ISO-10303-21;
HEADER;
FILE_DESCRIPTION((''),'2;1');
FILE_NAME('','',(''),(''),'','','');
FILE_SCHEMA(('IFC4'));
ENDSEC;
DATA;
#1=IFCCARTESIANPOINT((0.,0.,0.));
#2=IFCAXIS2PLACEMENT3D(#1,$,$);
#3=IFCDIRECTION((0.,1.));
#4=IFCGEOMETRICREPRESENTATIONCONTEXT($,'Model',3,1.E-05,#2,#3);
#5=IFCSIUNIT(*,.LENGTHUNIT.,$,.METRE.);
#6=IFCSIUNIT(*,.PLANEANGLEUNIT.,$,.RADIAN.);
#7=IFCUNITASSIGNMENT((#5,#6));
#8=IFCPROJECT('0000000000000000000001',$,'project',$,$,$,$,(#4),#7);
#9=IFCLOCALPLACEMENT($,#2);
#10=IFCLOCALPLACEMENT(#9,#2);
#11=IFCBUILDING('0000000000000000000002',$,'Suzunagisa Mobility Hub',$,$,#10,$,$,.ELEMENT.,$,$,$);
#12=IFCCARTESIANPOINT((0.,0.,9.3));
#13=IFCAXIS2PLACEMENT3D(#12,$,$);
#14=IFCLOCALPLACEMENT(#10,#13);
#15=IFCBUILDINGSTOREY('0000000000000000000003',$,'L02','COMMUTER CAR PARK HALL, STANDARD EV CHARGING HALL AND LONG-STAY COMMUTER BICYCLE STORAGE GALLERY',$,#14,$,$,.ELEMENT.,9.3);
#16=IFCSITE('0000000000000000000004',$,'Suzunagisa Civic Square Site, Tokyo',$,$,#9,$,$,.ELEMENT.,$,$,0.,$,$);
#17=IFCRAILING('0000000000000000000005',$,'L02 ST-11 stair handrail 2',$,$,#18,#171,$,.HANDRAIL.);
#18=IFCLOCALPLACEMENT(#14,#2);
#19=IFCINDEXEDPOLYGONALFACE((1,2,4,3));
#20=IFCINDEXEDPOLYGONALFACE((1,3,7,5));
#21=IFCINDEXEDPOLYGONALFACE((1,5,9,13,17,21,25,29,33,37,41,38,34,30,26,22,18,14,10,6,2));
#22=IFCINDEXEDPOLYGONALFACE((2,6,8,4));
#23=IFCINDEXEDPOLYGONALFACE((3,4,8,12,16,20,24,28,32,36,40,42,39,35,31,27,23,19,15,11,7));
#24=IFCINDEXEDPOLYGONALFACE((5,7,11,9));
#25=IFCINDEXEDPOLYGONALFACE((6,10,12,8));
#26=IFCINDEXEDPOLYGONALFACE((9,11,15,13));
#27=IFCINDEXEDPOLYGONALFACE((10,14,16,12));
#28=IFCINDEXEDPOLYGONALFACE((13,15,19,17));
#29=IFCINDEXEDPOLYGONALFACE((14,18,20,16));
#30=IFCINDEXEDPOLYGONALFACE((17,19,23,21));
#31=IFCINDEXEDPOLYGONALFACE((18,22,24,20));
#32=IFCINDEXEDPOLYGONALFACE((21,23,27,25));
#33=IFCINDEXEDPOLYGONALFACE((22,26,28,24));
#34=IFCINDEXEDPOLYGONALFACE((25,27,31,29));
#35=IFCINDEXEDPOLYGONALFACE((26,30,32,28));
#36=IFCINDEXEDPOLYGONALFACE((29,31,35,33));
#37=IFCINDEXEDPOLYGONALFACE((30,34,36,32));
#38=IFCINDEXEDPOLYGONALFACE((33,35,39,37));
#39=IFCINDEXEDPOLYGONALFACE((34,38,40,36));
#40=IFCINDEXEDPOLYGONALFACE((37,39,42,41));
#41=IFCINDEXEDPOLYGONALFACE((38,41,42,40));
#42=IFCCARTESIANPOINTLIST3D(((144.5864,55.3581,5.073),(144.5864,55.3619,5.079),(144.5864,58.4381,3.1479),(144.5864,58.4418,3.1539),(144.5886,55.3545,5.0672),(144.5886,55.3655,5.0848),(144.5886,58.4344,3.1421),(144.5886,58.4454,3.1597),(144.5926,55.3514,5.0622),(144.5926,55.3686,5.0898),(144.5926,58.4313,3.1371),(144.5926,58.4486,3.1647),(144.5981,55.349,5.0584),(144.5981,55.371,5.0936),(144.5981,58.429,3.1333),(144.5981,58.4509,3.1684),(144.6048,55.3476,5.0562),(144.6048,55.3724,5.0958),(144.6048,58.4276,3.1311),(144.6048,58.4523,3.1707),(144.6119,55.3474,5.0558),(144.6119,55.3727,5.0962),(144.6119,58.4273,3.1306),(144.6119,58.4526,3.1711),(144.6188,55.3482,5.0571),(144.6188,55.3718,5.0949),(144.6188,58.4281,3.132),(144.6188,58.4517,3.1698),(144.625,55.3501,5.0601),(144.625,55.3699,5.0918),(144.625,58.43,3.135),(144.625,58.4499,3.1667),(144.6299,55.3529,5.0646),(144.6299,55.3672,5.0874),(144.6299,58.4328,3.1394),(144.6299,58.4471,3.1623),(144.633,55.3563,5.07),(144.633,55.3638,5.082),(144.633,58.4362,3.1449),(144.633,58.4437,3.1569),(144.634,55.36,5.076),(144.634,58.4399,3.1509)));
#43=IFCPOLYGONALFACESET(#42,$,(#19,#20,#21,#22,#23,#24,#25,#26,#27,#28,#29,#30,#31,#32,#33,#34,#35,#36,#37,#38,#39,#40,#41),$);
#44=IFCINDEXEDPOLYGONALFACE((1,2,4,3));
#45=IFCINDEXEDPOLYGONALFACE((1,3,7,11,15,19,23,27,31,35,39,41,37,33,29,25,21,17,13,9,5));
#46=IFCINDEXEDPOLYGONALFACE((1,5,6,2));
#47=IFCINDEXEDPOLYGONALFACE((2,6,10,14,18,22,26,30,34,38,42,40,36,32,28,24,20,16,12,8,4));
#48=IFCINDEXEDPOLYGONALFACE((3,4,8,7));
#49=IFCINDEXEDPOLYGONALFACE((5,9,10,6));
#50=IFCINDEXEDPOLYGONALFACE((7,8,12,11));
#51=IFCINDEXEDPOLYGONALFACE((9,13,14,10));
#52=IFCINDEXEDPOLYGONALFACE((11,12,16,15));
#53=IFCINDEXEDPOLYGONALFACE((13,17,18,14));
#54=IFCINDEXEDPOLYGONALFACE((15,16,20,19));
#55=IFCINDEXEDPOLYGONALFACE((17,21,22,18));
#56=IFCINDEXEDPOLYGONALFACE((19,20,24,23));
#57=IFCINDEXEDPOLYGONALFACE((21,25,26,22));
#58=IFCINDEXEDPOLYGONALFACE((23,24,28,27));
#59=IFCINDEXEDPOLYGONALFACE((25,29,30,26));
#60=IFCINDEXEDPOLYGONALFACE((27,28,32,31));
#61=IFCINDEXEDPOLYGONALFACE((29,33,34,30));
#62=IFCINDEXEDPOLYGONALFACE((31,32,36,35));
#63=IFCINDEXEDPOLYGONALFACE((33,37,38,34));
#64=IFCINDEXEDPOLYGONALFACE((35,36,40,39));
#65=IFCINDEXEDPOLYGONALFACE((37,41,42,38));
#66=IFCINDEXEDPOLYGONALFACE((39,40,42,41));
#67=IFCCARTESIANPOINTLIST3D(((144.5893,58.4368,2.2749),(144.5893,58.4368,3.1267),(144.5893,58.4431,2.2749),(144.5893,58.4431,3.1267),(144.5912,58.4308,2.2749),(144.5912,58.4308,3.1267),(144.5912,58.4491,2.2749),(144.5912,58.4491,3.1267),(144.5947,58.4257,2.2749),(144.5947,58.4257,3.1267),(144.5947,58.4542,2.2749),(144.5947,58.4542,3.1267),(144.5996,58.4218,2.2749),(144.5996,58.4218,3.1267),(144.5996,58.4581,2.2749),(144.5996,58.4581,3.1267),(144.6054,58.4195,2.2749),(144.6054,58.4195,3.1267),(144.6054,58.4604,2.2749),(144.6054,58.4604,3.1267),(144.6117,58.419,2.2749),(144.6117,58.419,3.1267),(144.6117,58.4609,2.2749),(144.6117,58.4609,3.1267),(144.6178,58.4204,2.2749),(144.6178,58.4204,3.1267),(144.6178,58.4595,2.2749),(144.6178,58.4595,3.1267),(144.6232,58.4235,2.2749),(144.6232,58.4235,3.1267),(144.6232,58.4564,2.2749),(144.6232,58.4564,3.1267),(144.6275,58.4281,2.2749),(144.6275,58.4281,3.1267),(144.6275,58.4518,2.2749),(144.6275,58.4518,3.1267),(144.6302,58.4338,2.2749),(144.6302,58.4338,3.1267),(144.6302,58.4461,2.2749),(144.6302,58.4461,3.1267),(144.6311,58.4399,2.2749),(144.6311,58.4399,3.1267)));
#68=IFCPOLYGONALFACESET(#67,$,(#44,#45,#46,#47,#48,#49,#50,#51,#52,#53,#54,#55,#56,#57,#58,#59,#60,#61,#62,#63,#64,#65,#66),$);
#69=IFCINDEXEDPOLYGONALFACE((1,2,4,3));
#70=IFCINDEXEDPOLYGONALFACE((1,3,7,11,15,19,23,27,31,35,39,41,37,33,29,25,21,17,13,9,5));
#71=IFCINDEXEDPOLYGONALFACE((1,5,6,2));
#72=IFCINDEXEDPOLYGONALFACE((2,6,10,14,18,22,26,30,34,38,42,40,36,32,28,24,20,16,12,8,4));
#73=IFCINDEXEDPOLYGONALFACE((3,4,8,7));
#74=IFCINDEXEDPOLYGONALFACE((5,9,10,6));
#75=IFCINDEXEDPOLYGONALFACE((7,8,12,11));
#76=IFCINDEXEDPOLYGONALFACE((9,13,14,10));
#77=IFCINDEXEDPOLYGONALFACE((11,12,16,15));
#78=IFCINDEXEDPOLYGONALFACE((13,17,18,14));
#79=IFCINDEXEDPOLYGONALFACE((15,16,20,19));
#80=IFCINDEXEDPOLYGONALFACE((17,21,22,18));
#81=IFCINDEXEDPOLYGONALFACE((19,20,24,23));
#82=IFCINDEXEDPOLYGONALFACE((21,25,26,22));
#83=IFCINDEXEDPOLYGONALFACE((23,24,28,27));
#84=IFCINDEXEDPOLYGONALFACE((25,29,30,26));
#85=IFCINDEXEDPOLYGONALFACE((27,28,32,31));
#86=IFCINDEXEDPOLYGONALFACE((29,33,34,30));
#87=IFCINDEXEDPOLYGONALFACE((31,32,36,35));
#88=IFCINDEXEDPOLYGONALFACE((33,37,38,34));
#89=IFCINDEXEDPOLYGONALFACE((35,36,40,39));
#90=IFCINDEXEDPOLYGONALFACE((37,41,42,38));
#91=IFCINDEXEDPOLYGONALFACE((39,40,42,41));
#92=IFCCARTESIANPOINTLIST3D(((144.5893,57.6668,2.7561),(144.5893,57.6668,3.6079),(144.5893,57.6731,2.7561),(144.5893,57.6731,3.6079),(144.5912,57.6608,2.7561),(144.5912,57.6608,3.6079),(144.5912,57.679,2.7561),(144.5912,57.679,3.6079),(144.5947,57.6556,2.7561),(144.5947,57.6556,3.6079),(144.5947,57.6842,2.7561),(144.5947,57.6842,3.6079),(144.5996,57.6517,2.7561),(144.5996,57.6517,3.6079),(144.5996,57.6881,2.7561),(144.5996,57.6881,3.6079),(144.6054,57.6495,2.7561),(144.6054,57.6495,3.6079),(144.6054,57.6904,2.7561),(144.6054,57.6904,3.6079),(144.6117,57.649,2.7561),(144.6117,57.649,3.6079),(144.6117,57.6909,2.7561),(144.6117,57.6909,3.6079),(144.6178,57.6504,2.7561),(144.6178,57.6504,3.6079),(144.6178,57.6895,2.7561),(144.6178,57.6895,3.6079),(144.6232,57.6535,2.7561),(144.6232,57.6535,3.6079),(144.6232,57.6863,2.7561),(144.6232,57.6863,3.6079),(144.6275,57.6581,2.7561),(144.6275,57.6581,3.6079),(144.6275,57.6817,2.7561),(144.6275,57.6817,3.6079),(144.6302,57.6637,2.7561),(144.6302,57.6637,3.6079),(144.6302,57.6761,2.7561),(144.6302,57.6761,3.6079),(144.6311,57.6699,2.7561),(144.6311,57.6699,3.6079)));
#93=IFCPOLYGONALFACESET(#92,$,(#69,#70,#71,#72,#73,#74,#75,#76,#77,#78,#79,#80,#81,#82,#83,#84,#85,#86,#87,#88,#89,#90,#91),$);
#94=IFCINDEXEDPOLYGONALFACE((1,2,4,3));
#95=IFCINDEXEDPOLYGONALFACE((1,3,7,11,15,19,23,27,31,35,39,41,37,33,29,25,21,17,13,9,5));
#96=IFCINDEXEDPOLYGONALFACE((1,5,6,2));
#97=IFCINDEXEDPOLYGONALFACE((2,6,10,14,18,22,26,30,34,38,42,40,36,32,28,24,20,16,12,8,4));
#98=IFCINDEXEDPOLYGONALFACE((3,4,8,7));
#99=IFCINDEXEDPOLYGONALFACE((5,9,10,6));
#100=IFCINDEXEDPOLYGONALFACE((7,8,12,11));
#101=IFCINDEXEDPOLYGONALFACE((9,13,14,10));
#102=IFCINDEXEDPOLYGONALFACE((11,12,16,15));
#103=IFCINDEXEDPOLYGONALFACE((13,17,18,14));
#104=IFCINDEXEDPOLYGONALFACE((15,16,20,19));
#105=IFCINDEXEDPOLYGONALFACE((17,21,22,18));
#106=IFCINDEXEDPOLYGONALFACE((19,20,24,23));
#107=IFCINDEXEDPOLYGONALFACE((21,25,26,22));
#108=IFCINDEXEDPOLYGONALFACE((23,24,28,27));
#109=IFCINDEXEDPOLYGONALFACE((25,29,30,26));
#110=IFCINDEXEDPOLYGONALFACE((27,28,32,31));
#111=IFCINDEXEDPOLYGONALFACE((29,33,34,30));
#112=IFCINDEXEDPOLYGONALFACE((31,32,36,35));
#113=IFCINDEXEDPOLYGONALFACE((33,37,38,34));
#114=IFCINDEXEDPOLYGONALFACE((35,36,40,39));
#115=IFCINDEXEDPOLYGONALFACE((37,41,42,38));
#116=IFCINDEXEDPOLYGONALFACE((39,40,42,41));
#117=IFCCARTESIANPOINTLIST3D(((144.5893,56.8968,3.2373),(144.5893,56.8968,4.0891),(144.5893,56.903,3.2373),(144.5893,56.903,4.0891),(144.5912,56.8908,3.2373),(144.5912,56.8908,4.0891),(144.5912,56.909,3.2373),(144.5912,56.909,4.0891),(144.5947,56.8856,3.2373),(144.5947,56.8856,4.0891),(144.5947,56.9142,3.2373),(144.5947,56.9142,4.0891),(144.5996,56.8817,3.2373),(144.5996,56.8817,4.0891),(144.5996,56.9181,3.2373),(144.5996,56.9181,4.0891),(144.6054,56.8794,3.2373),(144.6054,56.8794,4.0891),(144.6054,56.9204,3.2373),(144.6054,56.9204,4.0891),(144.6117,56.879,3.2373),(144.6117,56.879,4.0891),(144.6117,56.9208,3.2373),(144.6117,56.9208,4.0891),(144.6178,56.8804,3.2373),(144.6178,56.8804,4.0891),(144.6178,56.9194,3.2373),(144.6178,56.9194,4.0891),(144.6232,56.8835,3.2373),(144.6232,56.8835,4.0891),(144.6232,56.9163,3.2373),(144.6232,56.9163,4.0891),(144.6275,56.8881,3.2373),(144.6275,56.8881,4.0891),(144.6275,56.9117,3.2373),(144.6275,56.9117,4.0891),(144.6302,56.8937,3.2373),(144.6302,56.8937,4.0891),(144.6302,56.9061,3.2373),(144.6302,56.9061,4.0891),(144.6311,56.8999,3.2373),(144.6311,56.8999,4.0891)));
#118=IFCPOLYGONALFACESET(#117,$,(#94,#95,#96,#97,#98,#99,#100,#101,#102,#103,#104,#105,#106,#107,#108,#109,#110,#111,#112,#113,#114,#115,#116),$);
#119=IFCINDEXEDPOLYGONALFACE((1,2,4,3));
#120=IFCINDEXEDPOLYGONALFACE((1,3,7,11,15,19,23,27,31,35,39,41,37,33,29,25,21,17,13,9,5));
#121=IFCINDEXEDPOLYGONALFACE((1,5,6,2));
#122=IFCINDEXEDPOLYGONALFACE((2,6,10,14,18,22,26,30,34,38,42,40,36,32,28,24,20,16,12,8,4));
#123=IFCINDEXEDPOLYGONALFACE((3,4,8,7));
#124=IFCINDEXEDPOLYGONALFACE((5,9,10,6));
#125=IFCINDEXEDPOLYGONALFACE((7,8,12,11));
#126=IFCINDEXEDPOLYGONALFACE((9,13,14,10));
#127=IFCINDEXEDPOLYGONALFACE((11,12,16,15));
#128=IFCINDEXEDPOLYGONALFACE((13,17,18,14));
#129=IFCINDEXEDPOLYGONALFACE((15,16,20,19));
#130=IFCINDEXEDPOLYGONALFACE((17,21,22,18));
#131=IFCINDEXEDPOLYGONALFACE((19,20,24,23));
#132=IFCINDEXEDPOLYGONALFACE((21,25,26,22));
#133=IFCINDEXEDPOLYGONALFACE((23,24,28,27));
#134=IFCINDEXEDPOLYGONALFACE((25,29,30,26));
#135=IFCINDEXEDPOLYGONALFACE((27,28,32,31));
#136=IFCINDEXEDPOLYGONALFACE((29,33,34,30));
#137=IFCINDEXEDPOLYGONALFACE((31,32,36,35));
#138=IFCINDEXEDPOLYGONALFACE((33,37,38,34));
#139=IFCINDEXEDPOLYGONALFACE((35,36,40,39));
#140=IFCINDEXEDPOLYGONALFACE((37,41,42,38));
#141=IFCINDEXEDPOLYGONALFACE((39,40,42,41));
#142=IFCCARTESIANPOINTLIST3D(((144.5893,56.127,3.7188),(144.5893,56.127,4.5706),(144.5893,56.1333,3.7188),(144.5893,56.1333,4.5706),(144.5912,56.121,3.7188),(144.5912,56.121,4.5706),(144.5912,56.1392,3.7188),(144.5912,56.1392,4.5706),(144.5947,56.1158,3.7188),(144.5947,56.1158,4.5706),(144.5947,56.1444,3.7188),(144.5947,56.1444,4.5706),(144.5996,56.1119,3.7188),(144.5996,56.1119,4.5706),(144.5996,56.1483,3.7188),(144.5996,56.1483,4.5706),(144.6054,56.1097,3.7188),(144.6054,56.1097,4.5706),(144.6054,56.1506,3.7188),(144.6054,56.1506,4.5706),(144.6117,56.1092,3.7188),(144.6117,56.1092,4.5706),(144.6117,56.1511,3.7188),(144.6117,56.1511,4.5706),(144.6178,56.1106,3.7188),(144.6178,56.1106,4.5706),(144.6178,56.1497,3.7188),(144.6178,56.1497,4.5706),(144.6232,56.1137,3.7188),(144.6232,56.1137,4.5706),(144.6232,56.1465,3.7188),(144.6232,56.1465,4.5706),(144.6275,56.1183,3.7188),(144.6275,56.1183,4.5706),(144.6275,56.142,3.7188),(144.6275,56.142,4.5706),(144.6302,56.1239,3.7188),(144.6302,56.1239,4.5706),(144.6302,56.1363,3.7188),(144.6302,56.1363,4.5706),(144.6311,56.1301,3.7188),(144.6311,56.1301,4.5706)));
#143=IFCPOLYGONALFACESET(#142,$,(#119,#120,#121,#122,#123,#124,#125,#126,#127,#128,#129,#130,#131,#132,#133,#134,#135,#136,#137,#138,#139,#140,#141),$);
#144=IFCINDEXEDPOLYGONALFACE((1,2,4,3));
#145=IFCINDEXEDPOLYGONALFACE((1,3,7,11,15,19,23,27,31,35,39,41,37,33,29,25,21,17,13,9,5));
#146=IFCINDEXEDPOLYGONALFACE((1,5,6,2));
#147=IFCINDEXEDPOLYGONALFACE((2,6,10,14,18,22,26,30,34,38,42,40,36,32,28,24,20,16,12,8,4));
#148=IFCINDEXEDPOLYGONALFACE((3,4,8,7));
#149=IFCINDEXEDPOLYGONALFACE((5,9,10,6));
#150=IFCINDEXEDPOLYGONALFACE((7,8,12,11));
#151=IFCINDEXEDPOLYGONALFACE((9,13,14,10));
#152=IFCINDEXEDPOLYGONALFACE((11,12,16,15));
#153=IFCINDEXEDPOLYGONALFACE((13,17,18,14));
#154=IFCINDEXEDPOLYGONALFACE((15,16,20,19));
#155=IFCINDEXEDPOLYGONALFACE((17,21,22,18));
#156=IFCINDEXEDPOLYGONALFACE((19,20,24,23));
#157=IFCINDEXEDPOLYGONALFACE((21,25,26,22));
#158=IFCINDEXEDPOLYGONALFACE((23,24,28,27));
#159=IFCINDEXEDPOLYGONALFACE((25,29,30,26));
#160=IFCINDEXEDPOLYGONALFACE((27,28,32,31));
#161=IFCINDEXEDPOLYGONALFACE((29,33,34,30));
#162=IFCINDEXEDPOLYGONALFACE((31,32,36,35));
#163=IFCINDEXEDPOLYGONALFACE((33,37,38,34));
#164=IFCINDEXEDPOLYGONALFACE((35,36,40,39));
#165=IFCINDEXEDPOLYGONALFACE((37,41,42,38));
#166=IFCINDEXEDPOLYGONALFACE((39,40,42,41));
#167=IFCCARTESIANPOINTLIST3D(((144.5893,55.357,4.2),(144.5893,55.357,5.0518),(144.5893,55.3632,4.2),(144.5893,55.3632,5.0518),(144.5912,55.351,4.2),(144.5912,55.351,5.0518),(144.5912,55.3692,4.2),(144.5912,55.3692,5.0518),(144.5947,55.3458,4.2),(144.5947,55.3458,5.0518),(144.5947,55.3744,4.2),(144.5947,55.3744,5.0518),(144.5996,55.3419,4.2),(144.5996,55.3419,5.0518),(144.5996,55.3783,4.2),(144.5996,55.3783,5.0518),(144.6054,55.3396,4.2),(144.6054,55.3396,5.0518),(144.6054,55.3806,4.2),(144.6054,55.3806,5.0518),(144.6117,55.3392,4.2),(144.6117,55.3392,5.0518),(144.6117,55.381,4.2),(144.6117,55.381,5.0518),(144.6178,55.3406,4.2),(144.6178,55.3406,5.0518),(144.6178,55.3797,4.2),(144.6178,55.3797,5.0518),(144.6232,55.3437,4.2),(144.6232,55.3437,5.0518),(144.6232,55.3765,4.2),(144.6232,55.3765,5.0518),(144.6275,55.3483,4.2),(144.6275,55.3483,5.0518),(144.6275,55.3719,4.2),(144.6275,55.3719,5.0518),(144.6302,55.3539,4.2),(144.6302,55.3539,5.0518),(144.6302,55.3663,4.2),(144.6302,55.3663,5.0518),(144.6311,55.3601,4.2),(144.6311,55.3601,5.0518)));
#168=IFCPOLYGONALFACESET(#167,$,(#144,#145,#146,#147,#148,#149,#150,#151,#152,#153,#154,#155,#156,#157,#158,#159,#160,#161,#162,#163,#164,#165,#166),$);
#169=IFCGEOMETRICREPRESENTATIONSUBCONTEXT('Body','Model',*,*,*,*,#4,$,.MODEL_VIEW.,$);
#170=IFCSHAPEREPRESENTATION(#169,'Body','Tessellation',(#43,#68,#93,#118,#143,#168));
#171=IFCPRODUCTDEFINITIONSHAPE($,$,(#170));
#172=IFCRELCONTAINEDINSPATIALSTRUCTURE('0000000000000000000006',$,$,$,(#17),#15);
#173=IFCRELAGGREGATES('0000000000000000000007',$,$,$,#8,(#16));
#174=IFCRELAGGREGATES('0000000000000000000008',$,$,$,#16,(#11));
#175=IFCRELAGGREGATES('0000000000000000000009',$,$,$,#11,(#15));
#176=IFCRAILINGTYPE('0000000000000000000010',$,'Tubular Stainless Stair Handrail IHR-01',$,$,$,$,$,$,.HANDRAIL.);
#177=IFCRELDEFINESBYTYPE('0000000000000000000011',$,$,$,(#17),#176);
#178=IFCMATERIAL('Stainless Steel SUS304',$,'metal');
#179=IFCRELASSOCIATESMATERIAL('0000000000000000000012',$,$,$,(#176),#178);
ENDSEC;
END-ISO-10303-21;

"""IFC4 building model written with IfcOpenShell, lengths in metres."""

from ifc_helpers import new_model, si_unit, direction, frame, origin, origin_2d, place, context, subcontext, project, spatial, circle, extrude, material, type_object, element, save


model = new_model("IFC4")

# Units and contexts
model_context = context("Model", 3, precision=1e-05, world=origin(), true_north=direction((0.0, 1.0)))
body_context = subcontext(model_context, "Body", "Model", "MODEL_VIEW")
ifc_project = project(units=[si_unit("LENGTHUNIT", "METRE"), si_unit("PLANEANGLEUNIT", "RADIAN")], contexts=[model_context])

# Site, building, storey
site_placement = place(None, origin())
site = spatial("IfcSite", under=ifc_project, at=site_placement, Name="Suzunagisa Civic Square Site, Tokyo", CompositionType="ELEMENT", RefElevation=0.0)
building_placement = place(site_placement, origin())
building = spatial("IfcBuilding", under=site, at=building_placement, Name="Suzunagisa Mobility Hub", CompositionType="ELEMENT")
storey_placement = place(building_placement, frame((0.0, 0.0, 9.3)))
storey = spatial("IfcBuildingStorey", under=building, at=storey_placement, Name="L02", Description="COMMUTER CAR PARK HALL, STANDARD EV CHARGING HALL AND LONG-STAY COMMUTER BICYCLE STORAGE GALLERY", CompositionType="ELEMENT", Elevation=9.3)

# Railing
ifc_material_1 = material(Name="Stainless Steel SUS304", Category="metal")
railing_type_1 = type_object("IfcRailingType", Name="Tubular Stainless Stair Handrail IHR-01", PredefinedType="HANDRAIL", material=ifc_material_1)
railing_1_placement = place(storey_placement, frame((144.6101, 58.4399, 2.2749)))
element("IfcRailing", 1, at=railing_1_placement, inside=storey, type_object=railing_type_1, Name="L02 ST-11 stair handrail 2", PredefinedType="HANDRAIL", context=body_context, shape_type="SweptSolid", body=[
    extrude(circle(Radius=0.0239, at=origin_2d()), frame((0.0, 0.0, 0.876), z_axis=(0.0, -0.847979, 0.530029), x_axis=(1.0, 0.0, 0.0)), (0.0, 0.0, 1.0), 3.6321),
    extrude(circle(Radius=0.021, at=origin_2d()), origin(), (0.0, 0.0, 1.0), 0.8518),
    extrude(circle(Radius=0.021, at=origin_2d()), frame((0.0, -0.77, 0.4812)), (0.0, 0.0, 1.0), 0.8518),
    extrude(circle(Radius=0.021, at=origin_2d()), frame((0.0, -1.54, 0.9624)), (0.0, 0.0, 1.0), 0.8518),
    extrude(circle(Radius=0.021, at=origin_2d()), frame((0.0, -2.3098, 1.4438)), (0.0, 0.0, 1.0), 0.8518),
    extrude(circle(Radius=0.021, at=origin_2d()), frame((0.0, -3.0798, 1.925)), (0.0, 0.0, 1.0), 0.8518),
])

save(model, "model.ifc")
